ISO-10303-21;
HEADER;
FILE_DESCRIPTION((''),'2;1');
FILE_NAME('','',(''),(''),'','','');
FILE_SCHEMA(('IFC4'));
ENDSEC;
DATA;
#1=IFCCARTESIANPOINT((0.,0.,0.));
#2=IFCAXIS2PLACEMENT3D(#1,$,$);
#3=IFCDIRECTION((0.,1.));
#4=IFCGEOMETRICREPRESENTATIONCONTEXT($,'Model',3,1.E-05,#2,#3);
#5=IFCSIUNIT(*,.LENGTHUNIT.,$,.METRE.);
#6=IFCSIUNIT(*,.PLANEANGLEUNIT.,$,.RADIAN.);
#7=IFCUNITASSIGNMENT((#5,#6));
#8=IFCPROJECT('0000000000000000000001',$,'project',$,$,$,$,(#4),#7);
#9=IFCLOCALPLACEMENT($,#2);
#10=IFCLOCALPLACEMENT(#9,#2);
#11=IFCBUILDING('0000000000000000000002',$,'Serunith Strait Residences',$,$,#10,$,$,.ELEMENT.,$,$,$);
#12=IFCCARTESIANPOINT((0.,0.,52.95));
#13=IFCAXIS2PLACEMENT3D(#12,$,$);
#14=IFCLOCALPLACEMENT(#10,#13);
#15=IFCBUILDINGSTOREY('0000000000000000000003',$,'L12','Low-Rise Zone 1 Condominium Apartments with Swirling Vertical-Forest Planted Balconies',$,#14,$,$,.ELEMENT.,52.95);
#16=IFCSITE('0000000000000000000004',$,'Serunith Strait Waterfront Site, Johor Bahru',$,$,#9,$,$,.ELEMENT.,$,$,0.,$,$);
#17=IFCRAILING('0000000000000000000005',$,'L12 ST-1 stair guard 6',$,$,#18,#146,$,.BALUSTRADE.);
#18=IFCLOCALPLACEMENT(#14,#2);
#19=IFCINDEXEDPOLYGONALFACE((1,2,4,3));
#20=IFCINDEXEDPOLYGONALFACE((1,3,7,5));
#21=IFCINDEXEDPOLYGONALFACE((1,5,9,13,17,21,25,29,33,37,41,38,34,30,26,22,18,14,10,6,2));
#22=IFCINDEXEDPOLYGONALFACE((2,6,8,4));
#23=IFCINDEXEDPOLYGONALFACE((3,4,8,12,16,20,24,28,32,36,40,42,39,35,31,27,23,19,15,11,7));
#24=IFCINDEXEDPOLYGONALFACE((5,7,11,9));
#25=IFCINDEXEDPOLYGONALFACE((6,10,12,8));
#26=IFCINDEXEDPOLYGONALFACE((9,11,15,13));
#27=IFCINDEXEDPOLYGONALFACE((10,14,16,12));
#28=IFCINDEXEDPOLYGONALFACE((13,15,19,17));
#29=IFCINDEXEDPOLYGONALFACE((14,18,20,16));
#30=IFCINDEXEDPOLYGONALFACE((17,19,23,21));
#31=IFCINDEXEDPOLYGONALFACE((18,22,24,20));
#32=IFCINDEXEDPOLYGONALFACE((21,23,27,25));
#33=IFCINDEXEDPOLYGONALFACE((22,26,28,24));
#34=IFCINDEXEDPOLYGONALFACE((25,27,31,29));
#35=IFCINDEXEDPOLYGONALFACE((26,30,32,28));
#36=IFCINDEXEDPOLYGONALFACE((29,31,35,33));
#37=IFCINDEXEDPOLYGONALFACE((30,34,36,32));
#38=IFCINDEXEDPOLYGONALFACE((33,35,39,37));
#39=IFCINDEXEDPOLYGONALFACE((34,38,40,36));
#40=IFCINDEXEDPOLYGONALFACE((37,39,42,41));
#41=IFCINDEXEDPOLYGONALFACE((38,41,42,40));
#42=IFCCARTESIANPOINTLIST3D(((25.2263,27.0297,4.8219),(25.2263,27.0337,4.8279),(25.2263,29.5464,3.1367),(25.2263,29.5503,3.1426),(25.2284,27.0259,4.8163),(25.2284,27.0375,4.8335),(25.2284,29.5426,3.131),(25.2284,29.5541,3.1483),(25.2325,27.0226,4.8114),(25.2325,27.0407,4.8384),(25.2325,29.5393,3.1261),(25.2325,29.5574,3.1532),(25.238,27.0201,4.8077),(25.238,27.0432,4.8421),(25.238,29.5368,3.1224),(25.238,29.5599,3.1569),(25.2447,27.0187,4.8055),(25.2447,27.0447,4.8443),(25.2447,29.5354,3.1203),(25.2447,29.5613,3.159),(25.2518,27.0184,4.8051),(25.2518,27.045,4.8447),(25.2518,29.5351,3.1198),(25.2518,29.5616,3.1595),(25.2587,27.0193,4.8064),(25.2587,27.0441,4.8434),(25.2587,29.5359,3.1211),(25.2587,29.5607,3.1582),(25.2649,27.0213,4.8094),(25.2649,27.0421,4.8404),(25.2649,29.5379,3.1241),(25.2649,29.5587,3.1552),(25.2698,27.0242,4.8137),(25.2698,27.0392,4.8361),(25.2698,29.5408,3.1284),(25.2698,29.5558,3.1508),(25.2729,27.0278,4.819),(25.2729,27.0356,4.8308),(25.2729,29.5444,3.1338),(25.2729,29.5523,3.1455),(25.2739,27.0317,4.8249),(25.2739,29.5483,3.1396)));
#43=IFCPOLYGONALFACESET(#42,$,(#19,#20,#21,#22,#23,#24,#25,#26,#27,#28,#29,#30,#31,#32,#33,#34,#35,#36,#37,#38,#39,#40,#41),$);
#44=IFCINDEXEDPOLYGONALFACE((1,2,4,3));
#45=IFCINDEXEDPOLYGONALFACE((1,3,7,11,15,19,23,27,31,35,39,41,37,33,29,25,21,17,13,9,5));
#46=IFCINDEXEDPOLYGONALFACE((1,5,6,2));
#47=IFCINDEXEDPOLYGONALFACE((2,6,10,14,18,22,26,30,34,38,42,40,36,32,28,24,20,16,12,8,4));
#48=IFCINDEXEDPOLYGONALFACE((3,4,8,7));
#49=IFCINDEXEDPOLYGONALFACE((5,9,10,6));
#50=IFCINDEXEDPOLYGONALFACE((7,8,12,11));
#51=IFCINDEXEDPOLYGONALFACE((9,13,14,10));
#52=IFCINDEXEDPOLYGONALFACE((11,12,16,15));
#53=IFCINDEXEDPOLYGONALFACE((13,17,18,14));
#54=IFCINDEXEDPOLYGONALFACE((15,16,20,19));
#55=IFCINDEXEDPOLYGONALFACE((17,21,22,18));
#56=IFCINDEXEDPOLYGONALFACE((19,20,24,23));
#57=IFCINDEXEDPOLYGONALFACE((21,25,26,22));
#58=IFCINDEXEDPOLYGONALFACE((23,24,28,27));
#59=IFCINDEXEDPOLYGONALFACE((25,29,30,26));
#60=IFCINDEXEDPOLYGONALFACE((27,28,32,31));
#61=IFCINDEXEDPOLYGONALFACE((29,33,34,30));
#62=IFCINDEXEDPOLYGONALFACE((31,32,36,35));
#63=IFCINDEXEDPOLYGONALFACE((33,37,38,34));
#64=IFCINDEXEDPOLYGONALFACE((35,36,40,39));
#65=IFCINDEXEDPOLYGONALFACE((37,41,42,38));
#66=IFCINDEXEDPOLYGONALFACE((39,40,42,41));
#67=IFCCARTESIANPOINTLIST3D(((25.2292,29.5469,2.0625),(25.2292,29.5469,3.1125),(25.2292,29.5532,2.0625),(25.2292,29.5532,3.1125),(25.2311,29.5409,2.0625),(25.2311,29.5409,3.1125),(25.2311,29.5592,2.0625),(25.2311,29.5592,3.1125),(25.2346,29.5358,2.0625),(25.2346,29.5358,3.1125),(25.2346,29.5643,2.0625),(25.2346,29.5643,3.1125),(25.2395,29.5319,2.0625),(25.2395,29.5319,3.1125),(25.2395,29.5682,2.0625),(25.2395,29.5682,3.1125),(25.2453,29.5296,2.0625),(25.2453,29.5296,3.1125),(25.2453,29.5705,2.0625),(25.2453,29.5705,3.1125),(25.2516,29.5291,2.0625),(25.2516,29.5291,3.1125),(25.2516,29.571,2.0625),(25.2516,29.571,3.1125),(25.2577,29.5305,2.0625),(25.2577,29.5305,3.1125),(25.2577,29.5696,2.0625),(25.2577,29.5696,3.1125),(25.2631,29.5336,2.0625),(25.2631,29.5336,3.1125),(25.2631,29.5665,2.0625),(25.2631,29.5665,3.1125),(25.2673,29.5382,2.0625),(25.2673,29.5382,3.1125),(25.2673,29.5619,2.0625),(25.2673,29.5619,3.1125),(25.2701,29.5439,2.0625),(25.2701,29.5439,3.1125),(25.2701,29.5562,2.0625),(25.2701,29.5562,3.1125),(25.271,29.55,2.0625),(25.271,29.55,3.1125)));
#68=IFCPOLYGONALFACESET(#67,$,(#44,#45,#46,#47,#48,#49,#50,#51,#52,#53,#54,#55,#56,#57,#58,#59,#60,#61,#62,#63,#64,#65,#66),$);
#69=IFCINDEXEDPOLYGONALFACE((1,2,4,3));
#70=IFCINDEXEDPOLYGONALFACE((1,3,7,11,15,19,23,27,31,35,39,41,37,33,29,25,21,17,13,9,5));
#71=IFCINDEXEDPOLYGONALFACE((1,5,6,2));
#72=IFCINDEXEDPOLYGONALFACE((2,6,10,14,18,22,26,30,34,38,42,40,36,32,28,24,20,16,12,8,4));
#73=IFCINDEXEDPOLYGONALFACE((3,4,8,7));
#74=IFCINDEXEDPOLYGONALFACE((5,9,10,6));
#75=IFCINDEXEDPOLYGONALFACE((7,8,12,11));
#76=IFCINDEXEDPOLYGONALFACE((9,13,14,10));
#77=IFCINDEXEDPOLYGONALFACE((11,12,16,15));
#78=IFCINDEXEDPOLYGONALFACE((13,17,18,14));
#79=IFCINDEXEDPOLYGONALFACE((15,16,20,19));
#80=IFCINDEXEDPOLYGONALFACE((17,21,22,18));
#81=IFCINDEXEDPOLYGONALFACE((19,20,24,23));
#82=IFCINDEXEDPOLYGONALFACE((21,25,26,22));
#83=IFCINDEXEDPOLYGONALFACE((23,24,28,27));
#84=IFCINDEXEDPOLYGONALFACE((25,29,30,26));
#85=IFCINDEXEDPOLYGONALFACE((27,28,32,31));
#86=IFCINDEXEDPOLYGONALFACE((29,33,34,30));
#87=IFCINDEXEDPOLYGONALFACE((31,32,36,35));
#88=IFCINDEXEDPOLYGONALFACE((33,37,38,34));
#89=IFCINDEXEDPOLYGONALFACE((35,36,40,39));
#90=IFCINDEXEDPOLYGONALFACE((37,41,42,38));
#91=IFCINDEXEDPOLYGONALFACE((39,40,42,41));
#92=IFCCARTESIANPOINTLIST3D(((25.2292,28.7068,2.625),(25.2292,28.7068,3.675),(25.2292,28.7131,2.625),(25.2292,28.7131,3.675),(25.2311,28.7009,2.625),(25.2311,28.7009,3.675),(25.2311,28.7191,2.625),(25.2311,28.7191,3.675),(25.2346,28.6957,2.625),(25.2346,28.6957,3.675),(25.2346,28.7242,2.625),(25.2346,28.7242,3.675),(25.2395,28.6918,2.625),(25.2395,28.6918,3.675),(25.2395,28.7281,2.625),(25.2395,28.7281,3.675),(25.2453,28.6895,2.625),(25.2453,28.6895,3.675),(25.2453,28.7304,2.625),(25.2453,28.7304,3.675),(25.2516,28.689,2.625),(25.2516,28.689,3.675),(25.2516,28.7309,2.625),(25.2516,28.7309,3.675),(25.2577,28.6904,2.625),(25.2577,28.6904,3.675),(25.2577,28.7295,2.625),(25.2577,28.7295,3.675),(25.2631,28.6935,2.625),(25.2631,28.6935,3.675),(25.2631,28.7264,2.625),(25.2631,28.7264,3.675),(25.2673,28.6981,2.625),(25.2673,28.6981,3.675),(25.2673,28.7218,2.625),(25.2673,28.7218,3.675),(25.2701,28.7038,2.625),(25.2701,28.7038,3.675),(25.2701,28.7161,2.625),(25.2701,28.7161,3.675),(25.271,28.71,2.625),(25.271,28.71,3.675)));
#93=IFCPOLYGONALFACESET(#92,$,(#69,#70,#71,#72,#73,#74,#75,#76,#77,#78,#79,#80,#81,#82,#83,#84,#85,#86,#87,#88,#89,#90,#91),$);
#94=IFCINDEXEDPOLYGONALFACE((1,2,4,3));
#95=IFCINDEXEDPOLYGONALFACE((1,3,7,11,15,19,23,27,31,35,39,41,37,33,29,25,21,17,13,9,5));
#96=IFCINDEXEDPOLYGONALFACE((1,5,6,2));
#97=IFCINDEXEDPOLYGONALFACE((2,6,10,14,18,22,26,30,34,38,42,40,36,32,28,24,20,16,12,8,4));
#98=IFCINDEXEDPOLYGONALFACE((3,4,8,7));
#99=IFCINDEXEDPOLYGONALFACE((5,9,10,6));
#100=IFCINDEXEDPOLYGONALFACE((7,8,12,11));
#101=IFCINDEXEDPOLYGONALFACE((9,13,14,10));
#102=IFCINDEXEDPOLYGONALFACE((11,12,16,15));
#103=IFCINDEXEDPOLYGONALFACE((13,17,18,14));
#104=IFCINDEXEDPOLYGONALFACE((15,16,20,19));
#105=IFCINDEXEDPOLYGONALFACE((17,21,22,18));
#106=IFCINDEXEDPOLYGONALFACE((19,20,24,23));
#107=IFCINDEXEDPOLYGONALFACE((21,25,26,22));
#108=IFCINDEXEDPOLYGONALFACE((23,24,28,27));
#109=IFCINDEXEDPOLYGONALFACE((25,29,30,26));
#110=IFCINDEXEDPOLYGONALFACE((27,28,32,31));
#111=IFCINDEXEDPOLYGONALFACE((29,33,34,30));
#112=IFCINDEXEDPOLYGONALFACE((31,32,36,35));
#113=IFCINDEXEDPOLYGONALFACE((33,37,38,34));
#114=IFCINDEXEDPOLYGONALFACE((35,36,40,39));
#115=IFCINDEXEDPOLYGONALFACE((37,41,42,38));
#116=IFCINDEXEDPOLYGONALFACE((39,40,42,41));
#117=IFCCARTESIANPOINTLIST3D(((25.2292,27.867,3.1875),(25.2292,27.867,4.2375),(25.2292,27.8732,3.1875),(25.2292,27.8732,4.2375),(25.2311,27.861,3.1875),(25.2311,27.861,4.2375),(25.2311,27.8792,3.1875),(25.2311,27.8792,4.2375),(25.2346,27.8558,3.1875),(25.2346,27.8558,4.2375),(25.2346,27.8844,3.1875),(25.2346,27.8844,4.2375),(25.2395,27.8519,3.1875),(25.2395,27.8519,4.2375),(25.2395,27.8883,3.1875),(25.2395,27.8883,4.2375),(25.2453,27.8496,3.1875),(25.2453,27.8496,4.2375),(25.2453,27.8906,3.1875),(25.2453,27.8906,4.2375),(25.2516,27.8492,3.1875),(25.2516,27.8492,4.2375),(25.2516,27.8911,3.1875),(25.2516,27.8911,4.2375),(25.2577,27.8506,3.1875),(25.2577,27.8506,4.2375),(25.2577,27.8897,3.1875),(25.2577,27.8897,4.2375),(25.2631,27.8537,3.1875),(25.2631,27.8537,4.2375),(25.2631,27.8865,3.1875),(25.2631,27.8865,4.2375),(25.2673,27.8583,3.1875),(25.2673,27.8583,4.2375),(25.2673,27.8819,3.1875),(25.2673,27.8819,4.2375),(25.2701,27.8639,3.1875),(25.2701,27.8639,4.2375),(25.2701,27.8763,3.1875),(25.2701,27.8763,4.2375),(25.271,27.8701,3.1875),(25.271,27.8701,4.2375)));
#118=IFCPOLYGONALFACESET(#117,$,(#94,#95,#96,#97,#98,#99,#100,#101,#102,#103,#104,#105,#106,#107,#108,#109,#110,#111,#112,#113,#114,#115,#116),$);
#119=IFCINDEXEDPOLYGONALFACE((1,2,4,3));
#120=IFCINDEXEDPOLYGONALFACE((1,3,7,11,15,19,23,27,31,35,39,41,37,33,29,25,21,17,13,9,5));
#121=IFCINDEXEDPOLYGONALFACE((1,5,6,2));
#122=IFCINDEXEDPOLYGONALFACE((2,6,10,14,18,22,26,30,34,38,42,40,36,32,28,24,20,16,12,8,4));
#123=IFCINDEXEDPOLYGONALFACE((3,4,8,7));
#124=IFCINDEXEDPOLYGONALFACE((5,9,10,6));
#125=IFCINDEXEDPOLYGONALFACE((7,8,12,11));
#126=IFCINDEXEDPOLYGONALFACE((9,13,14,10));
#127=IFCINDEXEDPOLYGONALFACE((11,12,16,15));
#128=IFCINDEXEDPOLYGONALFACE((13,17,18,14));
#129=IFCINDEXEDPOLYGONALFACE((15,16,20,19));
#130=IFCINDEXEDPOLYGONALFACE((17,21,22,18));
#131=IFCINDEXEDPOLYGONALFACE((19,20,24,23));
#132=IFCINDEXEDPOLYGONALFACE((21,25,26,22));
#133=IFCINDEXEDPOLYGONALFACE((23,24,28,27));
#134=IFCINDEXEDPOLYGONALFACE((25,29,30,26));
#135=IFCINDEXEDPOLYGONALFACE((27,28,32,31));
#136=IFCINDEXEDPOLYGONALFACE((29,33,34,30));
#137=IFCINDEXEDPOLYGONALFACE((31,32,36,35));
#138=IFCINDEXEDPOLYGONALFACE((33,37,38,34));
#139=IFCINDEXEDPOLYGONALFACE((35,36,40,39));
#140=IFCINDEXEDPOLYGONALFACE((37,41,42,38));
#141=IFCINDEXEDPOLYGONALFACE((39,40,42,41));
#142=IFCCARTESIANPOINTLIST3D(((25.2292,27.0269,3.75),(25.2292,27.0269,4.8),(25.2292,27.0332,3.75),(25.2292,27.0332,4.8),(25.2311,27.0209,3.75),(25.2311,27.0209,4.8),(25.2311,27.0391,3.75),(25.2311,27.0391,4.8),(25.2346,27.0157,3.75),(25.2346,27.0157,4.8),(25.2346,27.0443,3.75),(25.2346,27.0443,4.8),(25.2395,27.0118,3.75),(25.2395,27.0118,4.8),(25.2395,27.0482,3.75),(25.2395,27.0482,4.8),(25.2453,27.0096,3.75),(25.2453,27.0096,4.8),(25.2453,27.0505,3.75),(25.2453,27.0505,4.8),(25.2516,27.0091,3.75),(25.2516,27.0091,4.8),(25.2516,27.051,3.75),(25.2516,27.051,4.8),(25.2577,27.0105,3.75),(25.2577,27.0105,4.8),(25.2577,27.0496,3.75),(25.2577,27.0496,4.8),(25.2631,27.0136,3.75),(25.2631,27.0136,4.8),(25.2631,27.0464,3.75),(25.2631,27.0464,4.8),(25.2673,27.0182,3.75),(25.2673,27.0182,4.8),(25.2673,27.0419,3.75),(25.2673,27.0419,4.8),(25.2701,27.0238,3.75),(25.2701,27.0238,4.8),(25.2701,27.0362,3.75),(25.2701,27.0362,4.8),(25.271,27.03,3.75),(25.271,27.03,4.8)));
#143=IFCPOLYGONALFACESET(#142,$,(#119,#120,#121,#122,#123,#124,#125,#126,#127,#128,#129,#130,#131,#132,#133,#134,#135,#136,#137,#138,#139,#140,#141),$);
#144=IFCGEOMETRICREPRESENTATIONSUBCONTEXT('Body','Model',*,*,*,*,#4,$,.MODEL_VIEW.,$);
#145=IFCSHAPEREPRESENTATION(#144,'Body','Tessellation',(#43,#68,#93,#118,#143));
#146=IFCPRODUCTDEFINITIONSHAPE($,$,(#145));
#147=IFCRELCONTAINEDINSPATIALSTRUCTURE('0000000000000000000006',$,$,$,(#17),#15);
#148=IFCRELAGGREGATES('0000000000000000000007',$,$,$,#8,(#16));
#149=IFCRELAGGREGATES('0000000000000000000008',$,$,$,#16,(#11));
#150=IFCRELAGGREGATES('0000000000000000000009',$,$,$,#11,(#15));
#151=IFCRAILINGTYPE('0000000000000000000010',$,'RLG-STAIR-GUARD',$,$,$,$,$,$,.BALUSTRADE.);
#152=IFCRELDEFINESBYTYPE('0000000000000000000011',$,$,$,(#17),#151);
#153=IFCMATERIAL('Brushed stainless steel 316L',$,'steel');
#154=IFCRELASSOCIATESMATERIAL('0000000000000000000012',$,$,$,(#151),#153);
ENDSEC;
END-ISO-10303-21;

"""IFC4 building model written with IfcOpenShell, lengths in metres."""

from ifc_helpers import new_model, si_unit, direction, frame, origin, origin_2d, place, context, subcontext, project, spatial, circle, extrude, material, type_object, element, save


model = new_model("IFC4")

# Units and contexts
model_context = context("Model", 3, precision=1e-05, world=origin(), true_north=direction((0.0, 1.0)))
body_context = subcontext(model_context, "Body", "Model", "MODEL_VIEW")
ifc_project = project(units=[si_unit("LENGTHUNIT", "METRE"), si_unit("PLANEANGLEUNIT", "RADIAN")], contexts=[model_context])

# Site, building, storey
site_placement = place(None, origin())
site = spatial("IfcSite", under=ifc_project, at=site_placement, Name="Serunith Strait Waterfront Site, Johor Bahru", CompositionType="ELEMENT", RefElevation=0.0)
building_placement = place(site_placement, origin())
building = spatial("IfcBuilding", under=site, at=building_placement, Name="Serunith Strait Residences", CompositionType="ELEMENT")
storey_placement = place(building_placement, frame((0.0, 0.0, 52.95)))
storey = spatial("IfcBuildingStorey", under=building, at=storey_placement, Name="L12", Description="Low-Rise Zone 1 Condominium Apartments with Swirling Vertical-Forest Planted Balconies", CompositionType="ELEMENT", Elevation=52.95)

# Railing
ifc_material_1 = material(Name="Brushed stainless steel 316L", Category="steel")
railing_type_1 = type_object("IfcRailingType", Name="RLG-STAIR-GUARD", PredefinedType="BALUSTRADE", material=ifc_material_1)
railing_1_placement = place(storey_placement, frame((25.25, 29.55, 2.0625)))
element("IfcRailing", 1, at=railing_1_placement, inside=storey, type_object=railing_type_1, Name="L12 ST-1 stair guard 6", PredefinedType="BALUSTRADE", context=body_context, shape_type="SweptSolid", body=[
    extrude(circle(Radius=0.0239, at=origin_2d()), frame((0.0, -0.0017, 1.0771), z_axis=(0.0, -0.830909, 0.556408), x_axis=(1.0, 0.0, 0.0)), (0.0, 0.0, 1.0), 3.0288),
    extrude(circle(Radius=0.021, at=origin_2d()), origin(), (0.0, 0.0, 1.0), 1.05),
    extrude(circle(Radius=0.021, at=origin_2d()), frame((0.0, -0.8401, 0.5625)), (0.0, 0.0, 1.0), 1.05),
    extrude(circle(Radius=0.021, at=origin_2d()), frame((0.0, -1.6799, 1.125)), (0.0, 0.0, 1.0), 1.05),
    extrude(circle(Radius=0.021, at=origin_2d()), frame((0.0, -2.52, 1.6875)), (0.0, 0.0, 1.0), 1.05),
])

save(model, "model.ifc")
